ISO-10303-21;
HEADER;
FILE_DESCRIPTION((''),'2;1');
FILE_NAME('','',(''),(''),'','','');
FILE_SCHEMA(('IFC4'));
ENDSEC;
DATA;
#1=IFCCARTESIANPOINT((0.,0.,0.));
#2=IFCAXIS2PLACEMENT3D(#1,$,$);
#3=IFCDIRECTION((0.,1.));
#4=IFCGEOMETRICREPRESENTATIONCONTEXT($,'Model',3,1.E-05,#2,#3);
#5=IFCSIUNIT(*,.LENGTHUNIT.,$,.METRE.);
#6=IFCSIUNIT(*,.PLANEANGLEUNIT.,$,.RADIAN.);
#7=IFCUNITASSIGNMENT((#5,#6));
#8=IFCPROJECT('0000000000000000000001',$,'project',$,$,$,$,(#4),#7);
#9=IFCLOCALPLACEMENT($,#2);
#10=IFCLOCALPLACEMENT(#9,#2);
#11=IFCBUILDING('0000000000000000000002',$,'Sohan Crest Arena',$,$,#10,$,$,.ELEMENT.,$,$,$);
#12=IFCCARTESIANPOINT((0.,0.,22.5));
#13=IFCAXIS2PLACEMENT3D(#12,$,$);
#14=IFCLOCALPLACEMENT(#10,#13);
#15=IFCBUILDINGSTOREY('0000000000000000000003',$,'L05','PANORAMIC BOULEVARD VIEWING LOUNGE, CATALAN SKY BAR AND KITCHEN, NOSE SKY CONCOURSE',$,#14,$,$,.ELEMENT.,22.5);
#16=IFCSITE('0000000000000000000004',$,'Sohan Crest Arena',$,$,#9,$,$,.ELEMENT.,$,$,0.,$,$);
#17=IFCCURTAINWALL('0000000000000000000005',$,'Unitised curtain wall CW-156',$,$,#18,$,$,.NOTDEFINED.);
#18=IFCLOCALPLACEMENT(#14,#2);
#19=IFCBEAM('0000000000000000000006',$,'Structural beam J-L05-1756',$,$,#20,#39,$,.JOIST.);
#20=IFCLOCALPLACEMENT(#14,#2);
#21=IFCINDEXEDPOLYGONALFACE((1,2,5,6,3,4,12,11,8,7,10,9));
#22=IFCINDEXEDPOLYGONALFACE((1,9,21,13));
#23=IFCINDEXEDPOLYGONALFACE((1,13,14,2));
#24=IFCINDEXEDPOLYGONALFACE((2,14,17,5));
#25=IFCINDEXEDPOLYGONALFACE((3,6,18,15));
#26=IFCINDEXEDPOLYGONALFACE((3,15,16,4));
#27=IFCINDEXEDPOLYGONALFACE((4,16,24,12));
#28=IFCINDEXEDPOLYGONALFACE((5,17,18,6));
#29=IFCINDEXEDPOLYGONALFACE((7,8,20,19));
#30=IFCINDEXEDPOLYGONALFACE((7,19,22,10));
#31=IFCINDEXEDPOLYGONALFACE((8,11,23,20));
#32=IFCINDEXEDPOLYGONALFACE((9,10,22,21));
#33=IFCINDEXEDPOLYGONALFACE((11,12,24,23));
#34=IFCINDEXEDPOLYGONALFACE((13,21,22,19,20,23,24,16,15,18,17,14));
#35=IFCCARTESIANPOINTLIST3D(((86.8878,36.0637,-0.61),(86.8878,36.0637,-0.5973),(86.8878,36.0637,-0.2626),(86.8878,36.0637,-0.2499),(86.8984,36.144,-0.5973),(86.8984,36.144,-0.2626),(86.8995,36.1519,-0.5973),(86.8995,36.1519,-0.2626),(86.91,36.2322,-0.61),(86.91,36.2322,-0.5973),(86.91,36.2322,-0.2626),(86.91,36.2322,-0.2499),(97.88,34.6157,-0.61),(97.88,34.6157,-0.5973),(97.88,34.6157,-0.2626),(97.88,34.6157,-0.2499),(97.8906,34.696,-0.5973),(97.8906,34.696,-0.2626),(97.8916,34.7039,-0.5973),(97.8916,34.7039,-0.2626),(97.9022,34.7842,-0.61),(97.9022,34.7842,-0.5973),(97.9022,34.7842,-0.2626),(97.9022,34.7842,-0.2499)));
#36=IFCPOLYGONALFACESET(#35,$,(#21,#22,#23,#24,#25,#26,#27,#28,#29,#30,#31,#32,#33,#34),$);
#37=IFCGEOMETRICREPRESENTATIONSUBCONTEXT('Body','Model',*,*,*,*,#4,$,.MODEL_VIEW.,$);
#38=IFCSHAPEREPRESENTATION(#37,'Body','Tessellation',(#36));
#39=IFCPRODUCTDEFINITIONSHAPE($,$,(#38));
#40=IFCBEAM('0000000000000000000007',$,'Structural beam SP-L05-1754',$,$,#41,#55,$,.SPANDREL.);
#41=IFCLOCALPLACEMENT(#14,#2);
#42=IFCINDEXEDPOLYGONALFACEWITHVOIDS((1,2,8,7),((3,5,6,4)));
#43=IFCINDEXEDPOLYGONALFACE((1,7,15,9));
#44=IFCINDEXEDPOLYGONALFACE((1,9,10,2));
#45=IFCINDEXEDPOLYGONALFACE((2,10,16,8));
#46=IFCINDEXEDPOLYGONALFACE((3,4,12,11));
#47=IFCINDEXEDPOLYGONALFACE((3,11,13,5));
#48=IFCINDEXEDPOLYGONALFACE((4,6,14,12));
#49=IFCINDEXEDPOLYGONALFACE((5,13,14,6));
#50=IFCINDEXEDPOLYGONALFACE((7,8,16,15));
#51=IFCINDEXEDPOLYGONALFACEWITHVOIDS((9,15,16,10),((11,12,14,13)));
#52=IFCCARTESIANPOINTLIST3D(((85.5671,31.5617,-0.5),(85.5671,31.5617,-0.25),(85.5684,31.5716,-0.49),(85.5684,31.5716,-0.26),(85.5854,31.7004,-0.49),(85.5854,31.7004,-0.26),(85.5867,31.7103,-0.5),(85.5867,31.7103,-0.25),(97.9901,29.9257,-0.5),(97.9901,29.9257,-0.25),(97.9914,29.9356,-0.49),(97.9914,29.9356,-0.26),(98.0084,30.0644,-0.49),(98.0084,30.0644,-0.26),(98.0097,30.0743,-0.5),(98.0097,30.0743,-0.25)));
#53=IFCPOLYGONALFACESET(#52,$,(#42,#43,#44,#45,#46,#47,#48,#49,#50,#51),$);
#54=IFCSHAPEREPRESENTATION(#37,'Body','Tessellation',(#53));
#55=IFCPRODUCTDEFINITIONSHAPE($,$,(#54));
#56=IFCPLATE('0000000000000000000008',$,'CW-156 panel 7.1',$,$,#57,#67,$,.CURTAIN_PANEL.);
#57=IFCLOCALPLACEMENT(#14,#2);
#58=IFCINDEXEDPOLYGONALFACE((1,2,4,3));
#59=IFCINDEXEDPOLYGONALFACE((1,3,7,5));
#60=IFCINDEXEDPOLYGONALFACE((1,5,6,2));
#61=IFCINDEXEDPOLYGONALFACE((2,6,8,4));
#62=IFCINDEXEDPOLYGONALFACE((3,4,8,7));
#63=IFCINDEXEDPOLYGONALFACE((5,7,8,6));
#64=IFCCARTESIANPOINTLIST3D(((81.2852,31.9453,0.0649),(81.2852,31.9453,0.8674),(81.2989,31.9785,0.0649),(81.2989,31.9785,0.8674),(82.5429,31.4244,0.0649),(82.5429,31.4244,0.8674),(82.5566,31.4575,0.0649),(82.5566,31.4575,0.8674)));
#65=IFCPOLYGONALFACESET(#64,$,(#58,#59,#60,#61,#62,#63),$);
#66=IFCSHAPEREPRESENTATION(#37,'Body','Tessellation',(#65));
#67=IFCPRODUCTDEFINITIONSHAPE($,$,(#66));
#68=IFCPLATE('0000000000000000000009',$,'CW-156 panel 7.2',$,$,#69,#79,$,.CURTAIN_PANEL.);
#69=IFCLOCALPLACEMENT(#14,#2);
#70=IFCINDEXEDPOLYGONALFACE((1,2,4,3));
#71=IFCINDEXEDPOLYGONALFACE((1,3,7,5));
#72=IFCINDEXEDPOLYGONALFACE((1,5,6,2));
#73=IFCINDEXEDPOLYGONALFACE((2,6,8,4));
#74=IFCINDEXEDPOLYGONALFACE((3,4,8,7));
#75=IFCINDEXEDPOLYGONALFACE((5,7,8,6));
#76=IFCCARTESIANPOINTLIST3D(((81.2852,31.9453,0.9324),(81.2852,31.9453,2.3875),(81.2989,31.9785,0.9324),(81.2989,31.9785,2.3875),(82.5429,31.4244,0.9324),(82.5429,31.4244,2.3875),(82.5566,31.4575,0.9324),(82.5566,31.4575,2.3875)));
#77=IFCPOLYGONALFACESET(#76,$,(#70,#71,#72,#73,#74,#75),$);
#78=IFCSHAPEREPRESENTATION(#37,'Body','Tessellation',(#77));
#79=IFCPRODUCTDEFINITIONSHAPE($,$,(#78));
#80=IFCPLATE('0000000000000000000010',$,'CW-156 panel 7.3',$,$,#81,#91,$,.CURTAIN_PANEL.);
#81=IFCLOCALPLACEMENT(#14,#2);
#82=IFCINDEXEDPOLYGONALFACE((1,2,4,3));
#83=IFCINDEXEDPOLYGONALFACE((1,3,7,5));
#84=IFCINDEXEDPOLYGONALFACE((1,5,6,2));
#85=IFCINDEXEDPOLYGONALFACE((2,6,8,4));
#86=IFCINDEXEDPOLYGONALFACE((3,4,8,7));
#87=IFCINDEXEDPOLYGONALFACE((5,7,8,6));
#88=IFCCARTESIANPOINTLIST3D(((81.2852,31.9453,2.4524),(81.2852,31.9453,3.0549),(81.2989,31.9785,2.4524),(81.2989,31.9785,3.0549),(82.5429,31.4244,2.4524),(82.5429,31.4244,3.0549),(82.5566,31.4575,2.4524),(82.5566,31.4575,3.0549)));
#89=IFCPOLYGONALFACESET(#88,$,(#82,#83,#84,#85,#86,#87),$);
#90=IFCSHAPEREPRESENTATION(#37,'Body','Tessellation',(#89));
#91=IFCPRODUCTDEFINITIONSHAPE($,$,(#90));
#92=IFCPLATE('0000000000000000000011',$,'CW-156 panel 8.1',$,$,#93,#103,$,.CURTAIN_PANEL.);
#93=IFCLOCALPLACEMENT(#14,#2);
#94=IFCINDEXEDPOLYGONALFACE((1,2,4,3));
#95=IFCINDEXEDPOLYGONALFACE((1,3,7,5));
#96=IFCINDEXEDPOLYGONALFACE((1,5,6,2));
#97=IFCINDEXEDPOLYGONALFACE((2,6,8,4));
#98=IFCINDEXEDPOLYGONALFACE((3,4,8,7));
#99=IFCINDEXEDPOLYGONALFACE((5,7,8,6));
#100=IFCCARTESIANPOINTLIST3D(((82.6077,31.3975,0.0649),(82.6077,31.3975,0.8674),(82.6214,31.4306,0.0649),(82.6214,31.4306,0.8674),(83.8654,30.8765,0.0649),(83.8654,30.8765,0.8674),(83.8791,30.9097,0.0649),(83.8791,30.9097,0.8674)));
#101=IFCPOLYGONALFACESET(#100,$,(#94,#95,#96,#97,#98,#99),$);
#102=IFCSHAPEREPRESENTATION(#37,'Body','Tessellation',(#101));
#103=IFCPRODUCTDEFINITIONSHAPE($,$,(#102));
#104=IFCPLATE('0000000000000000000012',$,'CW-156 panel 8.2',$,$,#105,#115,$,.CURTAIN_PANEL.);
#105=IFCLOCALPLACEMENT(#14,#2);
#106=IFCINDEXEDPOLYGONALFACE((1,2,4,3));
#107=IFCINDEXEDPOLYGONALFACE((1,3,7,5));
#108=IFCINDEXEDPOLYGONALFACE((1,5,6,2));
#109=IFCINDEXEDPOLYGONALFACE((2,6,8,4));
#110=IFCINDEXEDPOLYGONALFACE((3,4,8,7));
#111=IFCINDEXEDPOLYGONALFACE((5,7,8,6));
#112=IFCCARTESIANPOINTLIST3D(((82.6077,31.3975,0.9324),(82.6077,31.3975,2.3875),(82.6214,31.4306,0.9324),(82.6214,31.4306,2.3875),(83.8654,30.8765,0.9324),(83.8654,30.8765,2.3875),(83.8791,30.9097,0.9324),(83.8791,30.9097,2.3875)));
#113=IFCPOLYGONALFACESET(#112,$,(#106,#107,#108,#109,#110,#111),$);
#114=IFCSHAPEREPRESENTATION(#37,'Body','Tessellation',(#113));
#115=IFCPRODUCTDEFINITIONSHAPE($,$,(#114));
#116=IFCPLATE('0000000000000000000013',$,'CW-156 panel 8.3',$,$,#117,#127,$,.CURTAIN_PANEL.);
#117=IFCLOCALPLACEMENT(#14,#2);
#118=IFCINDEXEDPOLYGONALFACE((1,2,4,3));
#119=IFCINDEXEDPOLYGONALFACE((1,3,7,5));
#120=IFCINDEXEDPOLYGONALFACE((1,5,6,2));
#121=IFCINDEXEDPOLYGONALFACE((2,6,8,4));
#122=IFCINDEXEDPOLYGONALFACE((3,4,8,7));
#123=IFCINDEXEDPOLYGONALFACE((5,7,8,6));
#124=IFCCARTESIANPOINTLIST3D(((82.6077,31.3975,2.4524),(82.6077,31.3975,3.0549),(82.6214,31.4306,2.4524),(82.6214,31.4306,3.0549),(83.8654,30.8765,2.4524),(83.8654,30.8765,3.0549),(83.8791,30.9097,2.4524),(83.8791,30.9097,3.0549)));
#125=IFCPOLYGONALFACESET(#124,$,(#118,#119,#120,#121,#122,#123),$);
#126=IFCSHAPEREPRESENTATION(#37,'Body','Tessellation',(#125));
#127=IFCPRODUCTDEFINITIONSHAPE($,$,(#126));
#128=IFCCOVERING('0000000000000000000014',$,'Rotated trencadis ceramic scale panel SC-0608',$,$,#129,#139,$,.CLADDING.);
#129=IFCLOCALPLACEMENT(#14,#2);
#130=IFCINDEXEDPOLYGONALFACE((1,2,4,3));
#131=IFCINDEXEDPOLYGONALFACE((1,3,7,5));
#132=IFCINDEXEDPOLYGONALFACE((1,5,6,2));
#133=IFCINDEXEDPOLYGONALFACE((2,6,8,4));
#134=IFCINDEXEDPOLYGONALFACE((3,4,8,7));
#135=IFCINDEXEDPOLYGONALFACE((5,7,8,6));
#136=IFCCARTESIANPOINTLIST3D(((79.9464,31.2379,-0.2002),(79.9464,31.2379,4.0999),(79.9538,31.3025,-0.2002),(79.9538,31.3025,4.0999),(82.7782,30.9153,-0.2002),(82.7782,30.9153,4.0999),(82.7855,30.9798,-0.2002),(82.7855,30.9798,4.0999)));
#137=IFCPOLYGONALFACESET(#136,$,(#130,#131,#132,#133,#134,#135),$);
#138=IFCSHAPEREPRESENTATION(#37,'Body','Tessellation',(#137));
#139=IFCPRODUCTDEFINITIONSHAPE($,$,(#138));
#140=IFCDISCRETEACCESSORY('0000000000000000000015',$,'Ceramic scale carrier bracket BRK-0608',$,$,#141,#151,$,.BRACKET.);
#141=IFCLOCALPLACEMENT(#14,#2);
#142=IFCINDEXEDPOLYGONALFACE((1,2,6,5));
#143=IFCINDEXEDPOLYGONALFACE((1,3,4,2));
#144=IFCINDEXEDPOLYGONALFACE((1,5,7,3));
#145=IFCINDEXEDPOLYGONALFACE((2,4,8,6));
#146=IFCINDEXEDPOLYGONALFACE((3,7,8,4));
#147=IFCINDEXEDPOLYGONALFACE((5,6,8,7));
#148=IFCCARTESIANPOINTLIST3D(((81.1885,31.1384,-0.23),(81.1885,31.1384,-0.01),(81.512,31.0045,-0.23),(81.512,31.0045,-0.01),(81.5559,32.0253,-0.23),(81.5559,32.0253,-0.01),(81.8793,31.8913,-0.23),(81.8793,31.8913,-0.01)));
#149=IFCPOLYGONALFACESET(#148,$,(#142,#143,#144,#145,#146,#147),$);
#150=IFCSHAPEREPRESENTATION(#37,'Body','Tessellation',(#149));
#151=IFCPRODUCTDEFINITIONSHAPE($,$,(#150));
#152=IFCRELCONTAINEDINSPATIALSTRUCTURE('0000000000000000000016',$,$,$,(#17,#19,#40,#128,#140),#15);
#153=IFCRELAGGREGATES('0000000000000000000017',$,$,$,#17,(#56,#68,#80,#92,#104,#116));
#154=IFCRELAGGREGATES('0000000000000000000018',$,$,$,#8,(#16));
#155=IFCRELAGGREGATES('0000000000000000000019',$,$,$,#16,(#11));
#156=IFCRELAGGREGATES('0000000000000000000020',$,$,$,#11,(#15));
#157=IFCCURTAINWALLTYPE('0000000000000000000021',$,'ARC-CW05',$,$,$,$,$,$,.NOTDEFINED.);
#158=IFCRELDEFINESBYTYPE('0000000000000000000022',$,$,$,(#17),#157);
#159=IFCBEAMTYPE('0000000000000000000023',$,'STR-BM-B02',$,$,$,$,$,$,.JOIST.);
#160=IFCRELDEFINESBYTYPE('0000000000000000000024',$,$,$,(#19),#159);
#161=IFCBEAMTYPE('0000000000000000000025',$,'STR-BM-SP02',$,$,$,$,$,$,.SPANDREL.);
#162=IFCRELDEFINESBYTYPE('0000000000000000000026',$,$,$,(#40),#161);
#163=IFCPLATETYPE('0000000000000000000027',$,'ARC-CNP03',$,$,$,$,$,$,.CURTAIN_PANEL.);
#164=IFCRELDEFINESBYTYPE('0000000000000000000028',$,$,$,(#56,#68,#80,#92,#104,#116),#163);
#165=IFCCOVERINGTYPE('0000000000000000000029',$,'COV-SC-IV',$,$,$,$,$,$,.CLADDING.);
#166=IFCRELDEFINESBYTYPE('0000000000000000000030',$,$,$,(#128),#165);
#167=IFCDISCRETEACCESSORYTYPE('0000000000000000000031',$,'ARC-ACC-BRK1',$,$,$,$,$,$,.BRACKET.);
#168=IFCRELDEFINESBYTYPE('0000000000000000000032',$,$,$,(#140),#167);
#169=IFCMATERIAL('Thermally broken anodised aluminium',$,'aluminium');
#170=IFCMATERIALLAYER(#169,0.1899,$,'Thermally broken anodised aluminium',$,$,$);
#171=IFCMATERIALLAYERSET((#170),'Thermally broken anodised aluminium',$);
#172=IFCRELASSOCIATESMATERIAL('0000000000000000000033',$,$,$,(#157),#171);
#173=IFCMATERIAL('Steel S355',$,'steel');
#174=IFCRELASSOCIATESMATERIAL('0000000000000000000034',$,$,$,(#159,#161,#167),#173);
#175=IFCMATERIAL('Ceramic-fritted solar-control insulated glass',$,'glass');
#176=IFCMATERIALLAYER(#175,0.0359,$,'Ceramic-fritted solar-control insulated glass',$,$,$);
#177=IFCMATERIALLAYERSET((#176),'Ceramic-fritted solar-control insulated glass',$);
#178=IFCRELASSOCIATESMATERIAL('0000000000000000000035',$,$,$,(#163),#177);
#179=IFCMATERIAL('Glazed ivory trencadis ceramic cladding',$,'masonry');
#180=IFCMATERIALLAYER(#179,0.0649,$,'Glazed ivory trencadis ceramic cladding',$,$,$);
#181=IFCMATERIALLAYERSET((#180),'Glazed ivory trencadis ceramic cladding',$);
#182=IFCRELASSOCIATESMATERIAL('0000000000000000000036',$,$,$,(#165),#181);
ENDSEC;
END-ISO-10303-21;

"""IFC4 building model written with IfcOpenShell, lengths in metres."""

from ifc_helpers import new_model, si_unit, direction, frame, origin, origin_2d, place, context, subcontext, project, spatial, rectangle, hollow_rectangle, i_section, extrude, material, layer, layer_set, material_profile, profile_set, type_object, element, aggregate, save


model = new_model("IFC4")

# Units and contexts
model_context = context("Model", 3, precision=1e-05, world=origin(), true_north=direction((0.0, 1.0)))
body_context = subcontext(model_context, "Body", "Model", "MODEL_VIEW")
ifc_project = project(units=[si_unit("LENGTHUNIT", "METRE"), si_unit("PLANEANGLEUNIT", "RADIAN")], contexts=[model_context])

# Site, building, storey
site_placement = place(None, origin())
site = spatial("IfcSite", under=ifc_project, at=site_placement, Name="Sohan Crest Arena", CompositionType="ELEMENT", RefElevation=0.0)
building_placement = place(site_placement, origin())
building = spatial("IfcBuilding", under=site, at=building_placement, Name="Sohan Crest Arena", CompositionType="ELEMENT")
storey_placement = place(building_placement, frame((0.0, 0.0, 22.5)))
storey = spatial("IfcBuildingStorey", under=building, at=storey_placement, Name="L05", Description="PANORAMIC BOULEVARD VIEWING LOUNGE, CATALAN SKY BAR AND KITCHEN, NOSE SKY CONCOURSE", CompositionType="ELEMENT", Elevation=22.5)

# Shared definitions
ifc_material_1 = material(Name="Steel S355", Category="steel")

# Curtain wall
ifc_material_2 = material(Name="Thermally broken anodised aluminium", Category="aluminium")
ifc_layer_1 = layer(ifc_material_2, 0.1899, Name="Thermally broken anodised aluminium")
ifc_layer_set_1 = layer_set([ifc_layer_1], Name="Thermally broken anodised aluminium")
curtain_wall_type = type_object("IfcCurtainWallType", Name="ARC-CW05", PredefinedType="NOTDEFINED", material=ifc_layer_set_1)
curtain_wall_placement = place(storey_placement, origin())
curtain_wall = element("IfcCurtainWall", 1, at=curtain_wall_placement, inside=storey, type_object=curtain_wall_type, Name="Unitised curtain wall CW-156", PredefinedType="NOTDEFINED")

# Beams
ifc_material_profile_1 = material_profile(ifc_material_1, i_section(OverallWidth=0.1699, OverallDepth=0.3601, WebThickness=0.0081, FlangeThickness=0.0127, at=origin_2d()), Name="IPE 360")
ifc_profile_set_1 = profile_set([ifc_material_profile_1], Name="Steel S355")
beam_type_1 = type_object("IfcBeamType", Name="STR-BM-B02", PredefinedType="JOIST", material=ifc_profile_set_1)
beam_1_placement = place(storey_placement, frame((86.8989, 36.1479, -0.4299), z_axis=(0.991435, -0.130601, 0.0), x_axis=(0.130601, 0.991435, 0.0)))
element("IfcBeam", 2, at=beam_1_placement, inside=storey, type_object=beam_type_1, Name="Structural beam J-L05-1756", PredefinedType="JOIST", context=body_context, shape_type="SweptSolid", body=[
    extrude(i_section(OverallWidth=0.1699, OverallDepth=0.3601, WebThickness=0.0081, FlangeThickness=0.0127, at=origin_2d()), origin(), (0.0, 0.0, 1.0), 11.0872),
])
ifc_material_profile_2 = material_profile(ifc_material_1, hollow_rectangle(XDim=0.1499, YDim=0.25, WallThickness=0.01, at=origin_2d()), Name="RHS 250x150x10")
ifc_profile_set_2 = profile_set([ifc_material_profile_2], Name="Steel S355")
beam_type_2 = type_object("IfcBeamType", Name="STR-BM-SP02", PredefinedType="SPANDREL", material=ifc_profile_set_2)
beam_2_placement = place(storey_placement, frame((85.5769, 31.636, -0.375), z_axis=(0.99144, -0.130562, 0.0), x_axis=(0.130562, 0.99144, 0.0)))
element("IfcBeam", 3, at=beam_2_placement, inside=storey, type_object=beam_type_2, Name="Structural beam SP-L05-1754", PredefinedType="SPANDREL", context=body_context, shape_type="SweptSolid", body=[
    extrude(hollow_rectangle(XDim=0.1499, YDim=0.25, WallThickness=0.01, at=origin_2d()), origin(), (0.0, 0.0, 1.0), 12.5303),
])

# Plates
ifc_material_3 = material(Name="Ceramic-fritted solar-control insulated glass", Category="glass")
ifc_layer_2 = layer(ifc_material_3, 0.0359, Name="Ceramic-fritted solar-control insulated glass")
ifc_layer_set_2 = layer_set([ifc_layer_2], Name="Ceramic-fritted solar-control insulated glass")
plate_type = type_object("IfcPlateType", Name="ARC-CNP03", PredefinedType="CURTAIN_PANEL", material=ifc_layer_set_2)
plate_1_placement = place(storey_placement, frame((81.9209, 31.7014, 0.0649), z_axis=(0.0, 0.0, 1.0), x_axis=(0.923879, -0.382685, 0.0)))
plate_1 = element("IfcPlate", 4, at=plate_1_placement, type_object=plate_type, Name="CW-156 panel 7.1", PredefinedType="CURTAIN_PANEL", context=body_context, shape_type="SweptSolid", body=[
    extrude(rectangle(XDim=1.3613, YDim=0.0359, at=origin_2d()), origin(), (0.0, 0.0, 1.0), 0.8025),
])
plate_2_placement = place(storey_placement, frame((81.9209, 31.7014, 0.9324), z_axis=(0.0, 0.0, 1.0), x_axis=(0.923879, -0.382685, 0.0)))
plate_2 = element("IfcPlate", 5, at=plate_2_placement, type_object=plate_type, Name="CW-156 panel 7.2", PredefinedType="CURTAIN_PANEL", context=body_context, shape_type="SweptSolid", body=[
    extrude(rectangle(XDim=1.3613, YDim=0.0359, at=origin_2d()), origin(), (0.0, 0.0, 1.0), 1.4551),
])
plate_3_placement = place(storey_placement, frame((81.9209, 31.7014, 2.4524), z_axis=(0.0, 0.0, 1.0), x_axis=(0.923879, -0.382685, 0.0)))
plate_3 = element("IfcPlate", 6, at=plate_3_placement, type_object=plate_type, Name="CW-156 panel 7.3", PredefinedType="CURTAIN_PANEL", context=body_context, shape_type="SweptSolid", body=[
    extrude(rectangle(XDim=1.3613, YDim=0.0359, at=origin_2d()), origin(), (0.0, 0.0, 1.0), 0.6025),
])
plate_4_placement = place(storey_placement, frame((83.2434, 31.1536, 0.0649), z_axis=(0.0, 0.0, 1.0), x_axis=(0.923879, -0.382685, 0.0)))
plate_4 = element("IfcPlate", 7, at=plate_4_placement, type_object=plate_type, Name="CW-156 panel 8.1", PredefinedType="CURTAIN_PANEL", context=body_context, shape_type="SweptSolid", body=[
    extrude(rectangle(XDim=1.3613, YDim=0.0359, at=origin_2d()), origin(), (0.0, 0.0, 1.0), 0.8025),
])
plate_5_placement = place(storey_placement, frame((83.2434, 31.1536, 0.9324), z_axis=(0.0, 0.0, 1.0), x_axis=(0.923879, -0.382685, 0.0)))
plate_5 = element("IfcPlate", 8, at=plate_5_placement, type_object=plate_type, Name="CW-156 panel 8.2", PredefinedType="CURTAIN_PANEL", context=body_context, shape_type="SweptSolid", body=[
    extrude(rectangle(XDim=1.3613, YDim=0.0359, at=origin_2d()), origin(), (0.0, 0.0, 1.0), 1.4551),
])
plate_6_placement = place(storey_placement, frame((83.2434, 31.1536, 2.4524), z_axis=(0.0, 0.0, 1.0), x_axis=(0.923879, -0.382685, 0.0)))
plate_6 = element("IfcPlate", 9, at=plate_6_placement, type_object=plate_type, Name="CW-156 panel 8.3", PredefinedType="CURTAIN_PANEL", context=body_context, shape_type="SweptSolid", body=[
    extrude(rectangle(XDim=1.3613, YDim=0.0359, at=origin_2d()), origin(), (0.0, 0.0, 1.0), 0.6025),
])
aggregate(curtain_wall, [plate_1, plate_2, plate_3, plate_4, plate_5, plate_6])

# Covering
ifc_material_4 = material(Name="Glazed ivory trencadis ceramic cladding", Category="masonry")
ifc_layer_3 = layer(ifc_material_4, 0.0649, Name="Glazed ivory trencadis ceramic cladding")
ifc_layer_set_3 = layer_set([ifc_layer_3], Name="Glazed ivory trencadis ceramic cladding")
covering_type = type_object("IfcCoveringType", Name="COV-SC-IV", PredefinedType="CLADDING", material=ifc_layer_set_3)
covering_placement = place(storey_placement, frame((81.366, 31.1089, -0.2002), z_axis=(0.0, 0.0, 1.0), x_axis=(0.993572, -0.113203, 0.0)))
element("IfcCovering", 10, at=covering_placement, inside=storey, type_object=covering_type, Name="Rotated trencadis ceramic scale panel SC-0608", PredefinedType="CLADDING", context=body_context, shape_type="SweptSolid", body=[
    extrude(rectangle(XDim=2.8501, YDim=0.0649, at=origin_2d()), origin(), (0.0, 0.0, 1.0), 4.3),
])

# Discrete accessory
discrete_accessory_type = type_object("IfcDiscreteAccessoryType", Name="ARC-ACC-BRK1", PredefinedType="BRACKET", material=ifc_material_1)
discrete_accessory_placement = place(storey_placement, frame((81.5339, 31.5149, -0.23), z_axis=(0.0, 0.0, 1.0), x_axis=(0.92388, -0.382683, 0.0)))
element("IfcDiscreteAccessory", 11, at=discrete_accessory_placement, inside=storey, type_object=discrete_accessory_type, Name="Ceramic scale carrier bracket BRK-0608", PredefinedType="BRACKET", context=body_context, shape_type="SweptSolid", body=[
    extrude(rectangle(XDim=0.3501, YDim=0.96, at=origin_2d()), origin(), (0.0, 0.0, 1.0), 0.22),
])

save(model, "model.ifc")
